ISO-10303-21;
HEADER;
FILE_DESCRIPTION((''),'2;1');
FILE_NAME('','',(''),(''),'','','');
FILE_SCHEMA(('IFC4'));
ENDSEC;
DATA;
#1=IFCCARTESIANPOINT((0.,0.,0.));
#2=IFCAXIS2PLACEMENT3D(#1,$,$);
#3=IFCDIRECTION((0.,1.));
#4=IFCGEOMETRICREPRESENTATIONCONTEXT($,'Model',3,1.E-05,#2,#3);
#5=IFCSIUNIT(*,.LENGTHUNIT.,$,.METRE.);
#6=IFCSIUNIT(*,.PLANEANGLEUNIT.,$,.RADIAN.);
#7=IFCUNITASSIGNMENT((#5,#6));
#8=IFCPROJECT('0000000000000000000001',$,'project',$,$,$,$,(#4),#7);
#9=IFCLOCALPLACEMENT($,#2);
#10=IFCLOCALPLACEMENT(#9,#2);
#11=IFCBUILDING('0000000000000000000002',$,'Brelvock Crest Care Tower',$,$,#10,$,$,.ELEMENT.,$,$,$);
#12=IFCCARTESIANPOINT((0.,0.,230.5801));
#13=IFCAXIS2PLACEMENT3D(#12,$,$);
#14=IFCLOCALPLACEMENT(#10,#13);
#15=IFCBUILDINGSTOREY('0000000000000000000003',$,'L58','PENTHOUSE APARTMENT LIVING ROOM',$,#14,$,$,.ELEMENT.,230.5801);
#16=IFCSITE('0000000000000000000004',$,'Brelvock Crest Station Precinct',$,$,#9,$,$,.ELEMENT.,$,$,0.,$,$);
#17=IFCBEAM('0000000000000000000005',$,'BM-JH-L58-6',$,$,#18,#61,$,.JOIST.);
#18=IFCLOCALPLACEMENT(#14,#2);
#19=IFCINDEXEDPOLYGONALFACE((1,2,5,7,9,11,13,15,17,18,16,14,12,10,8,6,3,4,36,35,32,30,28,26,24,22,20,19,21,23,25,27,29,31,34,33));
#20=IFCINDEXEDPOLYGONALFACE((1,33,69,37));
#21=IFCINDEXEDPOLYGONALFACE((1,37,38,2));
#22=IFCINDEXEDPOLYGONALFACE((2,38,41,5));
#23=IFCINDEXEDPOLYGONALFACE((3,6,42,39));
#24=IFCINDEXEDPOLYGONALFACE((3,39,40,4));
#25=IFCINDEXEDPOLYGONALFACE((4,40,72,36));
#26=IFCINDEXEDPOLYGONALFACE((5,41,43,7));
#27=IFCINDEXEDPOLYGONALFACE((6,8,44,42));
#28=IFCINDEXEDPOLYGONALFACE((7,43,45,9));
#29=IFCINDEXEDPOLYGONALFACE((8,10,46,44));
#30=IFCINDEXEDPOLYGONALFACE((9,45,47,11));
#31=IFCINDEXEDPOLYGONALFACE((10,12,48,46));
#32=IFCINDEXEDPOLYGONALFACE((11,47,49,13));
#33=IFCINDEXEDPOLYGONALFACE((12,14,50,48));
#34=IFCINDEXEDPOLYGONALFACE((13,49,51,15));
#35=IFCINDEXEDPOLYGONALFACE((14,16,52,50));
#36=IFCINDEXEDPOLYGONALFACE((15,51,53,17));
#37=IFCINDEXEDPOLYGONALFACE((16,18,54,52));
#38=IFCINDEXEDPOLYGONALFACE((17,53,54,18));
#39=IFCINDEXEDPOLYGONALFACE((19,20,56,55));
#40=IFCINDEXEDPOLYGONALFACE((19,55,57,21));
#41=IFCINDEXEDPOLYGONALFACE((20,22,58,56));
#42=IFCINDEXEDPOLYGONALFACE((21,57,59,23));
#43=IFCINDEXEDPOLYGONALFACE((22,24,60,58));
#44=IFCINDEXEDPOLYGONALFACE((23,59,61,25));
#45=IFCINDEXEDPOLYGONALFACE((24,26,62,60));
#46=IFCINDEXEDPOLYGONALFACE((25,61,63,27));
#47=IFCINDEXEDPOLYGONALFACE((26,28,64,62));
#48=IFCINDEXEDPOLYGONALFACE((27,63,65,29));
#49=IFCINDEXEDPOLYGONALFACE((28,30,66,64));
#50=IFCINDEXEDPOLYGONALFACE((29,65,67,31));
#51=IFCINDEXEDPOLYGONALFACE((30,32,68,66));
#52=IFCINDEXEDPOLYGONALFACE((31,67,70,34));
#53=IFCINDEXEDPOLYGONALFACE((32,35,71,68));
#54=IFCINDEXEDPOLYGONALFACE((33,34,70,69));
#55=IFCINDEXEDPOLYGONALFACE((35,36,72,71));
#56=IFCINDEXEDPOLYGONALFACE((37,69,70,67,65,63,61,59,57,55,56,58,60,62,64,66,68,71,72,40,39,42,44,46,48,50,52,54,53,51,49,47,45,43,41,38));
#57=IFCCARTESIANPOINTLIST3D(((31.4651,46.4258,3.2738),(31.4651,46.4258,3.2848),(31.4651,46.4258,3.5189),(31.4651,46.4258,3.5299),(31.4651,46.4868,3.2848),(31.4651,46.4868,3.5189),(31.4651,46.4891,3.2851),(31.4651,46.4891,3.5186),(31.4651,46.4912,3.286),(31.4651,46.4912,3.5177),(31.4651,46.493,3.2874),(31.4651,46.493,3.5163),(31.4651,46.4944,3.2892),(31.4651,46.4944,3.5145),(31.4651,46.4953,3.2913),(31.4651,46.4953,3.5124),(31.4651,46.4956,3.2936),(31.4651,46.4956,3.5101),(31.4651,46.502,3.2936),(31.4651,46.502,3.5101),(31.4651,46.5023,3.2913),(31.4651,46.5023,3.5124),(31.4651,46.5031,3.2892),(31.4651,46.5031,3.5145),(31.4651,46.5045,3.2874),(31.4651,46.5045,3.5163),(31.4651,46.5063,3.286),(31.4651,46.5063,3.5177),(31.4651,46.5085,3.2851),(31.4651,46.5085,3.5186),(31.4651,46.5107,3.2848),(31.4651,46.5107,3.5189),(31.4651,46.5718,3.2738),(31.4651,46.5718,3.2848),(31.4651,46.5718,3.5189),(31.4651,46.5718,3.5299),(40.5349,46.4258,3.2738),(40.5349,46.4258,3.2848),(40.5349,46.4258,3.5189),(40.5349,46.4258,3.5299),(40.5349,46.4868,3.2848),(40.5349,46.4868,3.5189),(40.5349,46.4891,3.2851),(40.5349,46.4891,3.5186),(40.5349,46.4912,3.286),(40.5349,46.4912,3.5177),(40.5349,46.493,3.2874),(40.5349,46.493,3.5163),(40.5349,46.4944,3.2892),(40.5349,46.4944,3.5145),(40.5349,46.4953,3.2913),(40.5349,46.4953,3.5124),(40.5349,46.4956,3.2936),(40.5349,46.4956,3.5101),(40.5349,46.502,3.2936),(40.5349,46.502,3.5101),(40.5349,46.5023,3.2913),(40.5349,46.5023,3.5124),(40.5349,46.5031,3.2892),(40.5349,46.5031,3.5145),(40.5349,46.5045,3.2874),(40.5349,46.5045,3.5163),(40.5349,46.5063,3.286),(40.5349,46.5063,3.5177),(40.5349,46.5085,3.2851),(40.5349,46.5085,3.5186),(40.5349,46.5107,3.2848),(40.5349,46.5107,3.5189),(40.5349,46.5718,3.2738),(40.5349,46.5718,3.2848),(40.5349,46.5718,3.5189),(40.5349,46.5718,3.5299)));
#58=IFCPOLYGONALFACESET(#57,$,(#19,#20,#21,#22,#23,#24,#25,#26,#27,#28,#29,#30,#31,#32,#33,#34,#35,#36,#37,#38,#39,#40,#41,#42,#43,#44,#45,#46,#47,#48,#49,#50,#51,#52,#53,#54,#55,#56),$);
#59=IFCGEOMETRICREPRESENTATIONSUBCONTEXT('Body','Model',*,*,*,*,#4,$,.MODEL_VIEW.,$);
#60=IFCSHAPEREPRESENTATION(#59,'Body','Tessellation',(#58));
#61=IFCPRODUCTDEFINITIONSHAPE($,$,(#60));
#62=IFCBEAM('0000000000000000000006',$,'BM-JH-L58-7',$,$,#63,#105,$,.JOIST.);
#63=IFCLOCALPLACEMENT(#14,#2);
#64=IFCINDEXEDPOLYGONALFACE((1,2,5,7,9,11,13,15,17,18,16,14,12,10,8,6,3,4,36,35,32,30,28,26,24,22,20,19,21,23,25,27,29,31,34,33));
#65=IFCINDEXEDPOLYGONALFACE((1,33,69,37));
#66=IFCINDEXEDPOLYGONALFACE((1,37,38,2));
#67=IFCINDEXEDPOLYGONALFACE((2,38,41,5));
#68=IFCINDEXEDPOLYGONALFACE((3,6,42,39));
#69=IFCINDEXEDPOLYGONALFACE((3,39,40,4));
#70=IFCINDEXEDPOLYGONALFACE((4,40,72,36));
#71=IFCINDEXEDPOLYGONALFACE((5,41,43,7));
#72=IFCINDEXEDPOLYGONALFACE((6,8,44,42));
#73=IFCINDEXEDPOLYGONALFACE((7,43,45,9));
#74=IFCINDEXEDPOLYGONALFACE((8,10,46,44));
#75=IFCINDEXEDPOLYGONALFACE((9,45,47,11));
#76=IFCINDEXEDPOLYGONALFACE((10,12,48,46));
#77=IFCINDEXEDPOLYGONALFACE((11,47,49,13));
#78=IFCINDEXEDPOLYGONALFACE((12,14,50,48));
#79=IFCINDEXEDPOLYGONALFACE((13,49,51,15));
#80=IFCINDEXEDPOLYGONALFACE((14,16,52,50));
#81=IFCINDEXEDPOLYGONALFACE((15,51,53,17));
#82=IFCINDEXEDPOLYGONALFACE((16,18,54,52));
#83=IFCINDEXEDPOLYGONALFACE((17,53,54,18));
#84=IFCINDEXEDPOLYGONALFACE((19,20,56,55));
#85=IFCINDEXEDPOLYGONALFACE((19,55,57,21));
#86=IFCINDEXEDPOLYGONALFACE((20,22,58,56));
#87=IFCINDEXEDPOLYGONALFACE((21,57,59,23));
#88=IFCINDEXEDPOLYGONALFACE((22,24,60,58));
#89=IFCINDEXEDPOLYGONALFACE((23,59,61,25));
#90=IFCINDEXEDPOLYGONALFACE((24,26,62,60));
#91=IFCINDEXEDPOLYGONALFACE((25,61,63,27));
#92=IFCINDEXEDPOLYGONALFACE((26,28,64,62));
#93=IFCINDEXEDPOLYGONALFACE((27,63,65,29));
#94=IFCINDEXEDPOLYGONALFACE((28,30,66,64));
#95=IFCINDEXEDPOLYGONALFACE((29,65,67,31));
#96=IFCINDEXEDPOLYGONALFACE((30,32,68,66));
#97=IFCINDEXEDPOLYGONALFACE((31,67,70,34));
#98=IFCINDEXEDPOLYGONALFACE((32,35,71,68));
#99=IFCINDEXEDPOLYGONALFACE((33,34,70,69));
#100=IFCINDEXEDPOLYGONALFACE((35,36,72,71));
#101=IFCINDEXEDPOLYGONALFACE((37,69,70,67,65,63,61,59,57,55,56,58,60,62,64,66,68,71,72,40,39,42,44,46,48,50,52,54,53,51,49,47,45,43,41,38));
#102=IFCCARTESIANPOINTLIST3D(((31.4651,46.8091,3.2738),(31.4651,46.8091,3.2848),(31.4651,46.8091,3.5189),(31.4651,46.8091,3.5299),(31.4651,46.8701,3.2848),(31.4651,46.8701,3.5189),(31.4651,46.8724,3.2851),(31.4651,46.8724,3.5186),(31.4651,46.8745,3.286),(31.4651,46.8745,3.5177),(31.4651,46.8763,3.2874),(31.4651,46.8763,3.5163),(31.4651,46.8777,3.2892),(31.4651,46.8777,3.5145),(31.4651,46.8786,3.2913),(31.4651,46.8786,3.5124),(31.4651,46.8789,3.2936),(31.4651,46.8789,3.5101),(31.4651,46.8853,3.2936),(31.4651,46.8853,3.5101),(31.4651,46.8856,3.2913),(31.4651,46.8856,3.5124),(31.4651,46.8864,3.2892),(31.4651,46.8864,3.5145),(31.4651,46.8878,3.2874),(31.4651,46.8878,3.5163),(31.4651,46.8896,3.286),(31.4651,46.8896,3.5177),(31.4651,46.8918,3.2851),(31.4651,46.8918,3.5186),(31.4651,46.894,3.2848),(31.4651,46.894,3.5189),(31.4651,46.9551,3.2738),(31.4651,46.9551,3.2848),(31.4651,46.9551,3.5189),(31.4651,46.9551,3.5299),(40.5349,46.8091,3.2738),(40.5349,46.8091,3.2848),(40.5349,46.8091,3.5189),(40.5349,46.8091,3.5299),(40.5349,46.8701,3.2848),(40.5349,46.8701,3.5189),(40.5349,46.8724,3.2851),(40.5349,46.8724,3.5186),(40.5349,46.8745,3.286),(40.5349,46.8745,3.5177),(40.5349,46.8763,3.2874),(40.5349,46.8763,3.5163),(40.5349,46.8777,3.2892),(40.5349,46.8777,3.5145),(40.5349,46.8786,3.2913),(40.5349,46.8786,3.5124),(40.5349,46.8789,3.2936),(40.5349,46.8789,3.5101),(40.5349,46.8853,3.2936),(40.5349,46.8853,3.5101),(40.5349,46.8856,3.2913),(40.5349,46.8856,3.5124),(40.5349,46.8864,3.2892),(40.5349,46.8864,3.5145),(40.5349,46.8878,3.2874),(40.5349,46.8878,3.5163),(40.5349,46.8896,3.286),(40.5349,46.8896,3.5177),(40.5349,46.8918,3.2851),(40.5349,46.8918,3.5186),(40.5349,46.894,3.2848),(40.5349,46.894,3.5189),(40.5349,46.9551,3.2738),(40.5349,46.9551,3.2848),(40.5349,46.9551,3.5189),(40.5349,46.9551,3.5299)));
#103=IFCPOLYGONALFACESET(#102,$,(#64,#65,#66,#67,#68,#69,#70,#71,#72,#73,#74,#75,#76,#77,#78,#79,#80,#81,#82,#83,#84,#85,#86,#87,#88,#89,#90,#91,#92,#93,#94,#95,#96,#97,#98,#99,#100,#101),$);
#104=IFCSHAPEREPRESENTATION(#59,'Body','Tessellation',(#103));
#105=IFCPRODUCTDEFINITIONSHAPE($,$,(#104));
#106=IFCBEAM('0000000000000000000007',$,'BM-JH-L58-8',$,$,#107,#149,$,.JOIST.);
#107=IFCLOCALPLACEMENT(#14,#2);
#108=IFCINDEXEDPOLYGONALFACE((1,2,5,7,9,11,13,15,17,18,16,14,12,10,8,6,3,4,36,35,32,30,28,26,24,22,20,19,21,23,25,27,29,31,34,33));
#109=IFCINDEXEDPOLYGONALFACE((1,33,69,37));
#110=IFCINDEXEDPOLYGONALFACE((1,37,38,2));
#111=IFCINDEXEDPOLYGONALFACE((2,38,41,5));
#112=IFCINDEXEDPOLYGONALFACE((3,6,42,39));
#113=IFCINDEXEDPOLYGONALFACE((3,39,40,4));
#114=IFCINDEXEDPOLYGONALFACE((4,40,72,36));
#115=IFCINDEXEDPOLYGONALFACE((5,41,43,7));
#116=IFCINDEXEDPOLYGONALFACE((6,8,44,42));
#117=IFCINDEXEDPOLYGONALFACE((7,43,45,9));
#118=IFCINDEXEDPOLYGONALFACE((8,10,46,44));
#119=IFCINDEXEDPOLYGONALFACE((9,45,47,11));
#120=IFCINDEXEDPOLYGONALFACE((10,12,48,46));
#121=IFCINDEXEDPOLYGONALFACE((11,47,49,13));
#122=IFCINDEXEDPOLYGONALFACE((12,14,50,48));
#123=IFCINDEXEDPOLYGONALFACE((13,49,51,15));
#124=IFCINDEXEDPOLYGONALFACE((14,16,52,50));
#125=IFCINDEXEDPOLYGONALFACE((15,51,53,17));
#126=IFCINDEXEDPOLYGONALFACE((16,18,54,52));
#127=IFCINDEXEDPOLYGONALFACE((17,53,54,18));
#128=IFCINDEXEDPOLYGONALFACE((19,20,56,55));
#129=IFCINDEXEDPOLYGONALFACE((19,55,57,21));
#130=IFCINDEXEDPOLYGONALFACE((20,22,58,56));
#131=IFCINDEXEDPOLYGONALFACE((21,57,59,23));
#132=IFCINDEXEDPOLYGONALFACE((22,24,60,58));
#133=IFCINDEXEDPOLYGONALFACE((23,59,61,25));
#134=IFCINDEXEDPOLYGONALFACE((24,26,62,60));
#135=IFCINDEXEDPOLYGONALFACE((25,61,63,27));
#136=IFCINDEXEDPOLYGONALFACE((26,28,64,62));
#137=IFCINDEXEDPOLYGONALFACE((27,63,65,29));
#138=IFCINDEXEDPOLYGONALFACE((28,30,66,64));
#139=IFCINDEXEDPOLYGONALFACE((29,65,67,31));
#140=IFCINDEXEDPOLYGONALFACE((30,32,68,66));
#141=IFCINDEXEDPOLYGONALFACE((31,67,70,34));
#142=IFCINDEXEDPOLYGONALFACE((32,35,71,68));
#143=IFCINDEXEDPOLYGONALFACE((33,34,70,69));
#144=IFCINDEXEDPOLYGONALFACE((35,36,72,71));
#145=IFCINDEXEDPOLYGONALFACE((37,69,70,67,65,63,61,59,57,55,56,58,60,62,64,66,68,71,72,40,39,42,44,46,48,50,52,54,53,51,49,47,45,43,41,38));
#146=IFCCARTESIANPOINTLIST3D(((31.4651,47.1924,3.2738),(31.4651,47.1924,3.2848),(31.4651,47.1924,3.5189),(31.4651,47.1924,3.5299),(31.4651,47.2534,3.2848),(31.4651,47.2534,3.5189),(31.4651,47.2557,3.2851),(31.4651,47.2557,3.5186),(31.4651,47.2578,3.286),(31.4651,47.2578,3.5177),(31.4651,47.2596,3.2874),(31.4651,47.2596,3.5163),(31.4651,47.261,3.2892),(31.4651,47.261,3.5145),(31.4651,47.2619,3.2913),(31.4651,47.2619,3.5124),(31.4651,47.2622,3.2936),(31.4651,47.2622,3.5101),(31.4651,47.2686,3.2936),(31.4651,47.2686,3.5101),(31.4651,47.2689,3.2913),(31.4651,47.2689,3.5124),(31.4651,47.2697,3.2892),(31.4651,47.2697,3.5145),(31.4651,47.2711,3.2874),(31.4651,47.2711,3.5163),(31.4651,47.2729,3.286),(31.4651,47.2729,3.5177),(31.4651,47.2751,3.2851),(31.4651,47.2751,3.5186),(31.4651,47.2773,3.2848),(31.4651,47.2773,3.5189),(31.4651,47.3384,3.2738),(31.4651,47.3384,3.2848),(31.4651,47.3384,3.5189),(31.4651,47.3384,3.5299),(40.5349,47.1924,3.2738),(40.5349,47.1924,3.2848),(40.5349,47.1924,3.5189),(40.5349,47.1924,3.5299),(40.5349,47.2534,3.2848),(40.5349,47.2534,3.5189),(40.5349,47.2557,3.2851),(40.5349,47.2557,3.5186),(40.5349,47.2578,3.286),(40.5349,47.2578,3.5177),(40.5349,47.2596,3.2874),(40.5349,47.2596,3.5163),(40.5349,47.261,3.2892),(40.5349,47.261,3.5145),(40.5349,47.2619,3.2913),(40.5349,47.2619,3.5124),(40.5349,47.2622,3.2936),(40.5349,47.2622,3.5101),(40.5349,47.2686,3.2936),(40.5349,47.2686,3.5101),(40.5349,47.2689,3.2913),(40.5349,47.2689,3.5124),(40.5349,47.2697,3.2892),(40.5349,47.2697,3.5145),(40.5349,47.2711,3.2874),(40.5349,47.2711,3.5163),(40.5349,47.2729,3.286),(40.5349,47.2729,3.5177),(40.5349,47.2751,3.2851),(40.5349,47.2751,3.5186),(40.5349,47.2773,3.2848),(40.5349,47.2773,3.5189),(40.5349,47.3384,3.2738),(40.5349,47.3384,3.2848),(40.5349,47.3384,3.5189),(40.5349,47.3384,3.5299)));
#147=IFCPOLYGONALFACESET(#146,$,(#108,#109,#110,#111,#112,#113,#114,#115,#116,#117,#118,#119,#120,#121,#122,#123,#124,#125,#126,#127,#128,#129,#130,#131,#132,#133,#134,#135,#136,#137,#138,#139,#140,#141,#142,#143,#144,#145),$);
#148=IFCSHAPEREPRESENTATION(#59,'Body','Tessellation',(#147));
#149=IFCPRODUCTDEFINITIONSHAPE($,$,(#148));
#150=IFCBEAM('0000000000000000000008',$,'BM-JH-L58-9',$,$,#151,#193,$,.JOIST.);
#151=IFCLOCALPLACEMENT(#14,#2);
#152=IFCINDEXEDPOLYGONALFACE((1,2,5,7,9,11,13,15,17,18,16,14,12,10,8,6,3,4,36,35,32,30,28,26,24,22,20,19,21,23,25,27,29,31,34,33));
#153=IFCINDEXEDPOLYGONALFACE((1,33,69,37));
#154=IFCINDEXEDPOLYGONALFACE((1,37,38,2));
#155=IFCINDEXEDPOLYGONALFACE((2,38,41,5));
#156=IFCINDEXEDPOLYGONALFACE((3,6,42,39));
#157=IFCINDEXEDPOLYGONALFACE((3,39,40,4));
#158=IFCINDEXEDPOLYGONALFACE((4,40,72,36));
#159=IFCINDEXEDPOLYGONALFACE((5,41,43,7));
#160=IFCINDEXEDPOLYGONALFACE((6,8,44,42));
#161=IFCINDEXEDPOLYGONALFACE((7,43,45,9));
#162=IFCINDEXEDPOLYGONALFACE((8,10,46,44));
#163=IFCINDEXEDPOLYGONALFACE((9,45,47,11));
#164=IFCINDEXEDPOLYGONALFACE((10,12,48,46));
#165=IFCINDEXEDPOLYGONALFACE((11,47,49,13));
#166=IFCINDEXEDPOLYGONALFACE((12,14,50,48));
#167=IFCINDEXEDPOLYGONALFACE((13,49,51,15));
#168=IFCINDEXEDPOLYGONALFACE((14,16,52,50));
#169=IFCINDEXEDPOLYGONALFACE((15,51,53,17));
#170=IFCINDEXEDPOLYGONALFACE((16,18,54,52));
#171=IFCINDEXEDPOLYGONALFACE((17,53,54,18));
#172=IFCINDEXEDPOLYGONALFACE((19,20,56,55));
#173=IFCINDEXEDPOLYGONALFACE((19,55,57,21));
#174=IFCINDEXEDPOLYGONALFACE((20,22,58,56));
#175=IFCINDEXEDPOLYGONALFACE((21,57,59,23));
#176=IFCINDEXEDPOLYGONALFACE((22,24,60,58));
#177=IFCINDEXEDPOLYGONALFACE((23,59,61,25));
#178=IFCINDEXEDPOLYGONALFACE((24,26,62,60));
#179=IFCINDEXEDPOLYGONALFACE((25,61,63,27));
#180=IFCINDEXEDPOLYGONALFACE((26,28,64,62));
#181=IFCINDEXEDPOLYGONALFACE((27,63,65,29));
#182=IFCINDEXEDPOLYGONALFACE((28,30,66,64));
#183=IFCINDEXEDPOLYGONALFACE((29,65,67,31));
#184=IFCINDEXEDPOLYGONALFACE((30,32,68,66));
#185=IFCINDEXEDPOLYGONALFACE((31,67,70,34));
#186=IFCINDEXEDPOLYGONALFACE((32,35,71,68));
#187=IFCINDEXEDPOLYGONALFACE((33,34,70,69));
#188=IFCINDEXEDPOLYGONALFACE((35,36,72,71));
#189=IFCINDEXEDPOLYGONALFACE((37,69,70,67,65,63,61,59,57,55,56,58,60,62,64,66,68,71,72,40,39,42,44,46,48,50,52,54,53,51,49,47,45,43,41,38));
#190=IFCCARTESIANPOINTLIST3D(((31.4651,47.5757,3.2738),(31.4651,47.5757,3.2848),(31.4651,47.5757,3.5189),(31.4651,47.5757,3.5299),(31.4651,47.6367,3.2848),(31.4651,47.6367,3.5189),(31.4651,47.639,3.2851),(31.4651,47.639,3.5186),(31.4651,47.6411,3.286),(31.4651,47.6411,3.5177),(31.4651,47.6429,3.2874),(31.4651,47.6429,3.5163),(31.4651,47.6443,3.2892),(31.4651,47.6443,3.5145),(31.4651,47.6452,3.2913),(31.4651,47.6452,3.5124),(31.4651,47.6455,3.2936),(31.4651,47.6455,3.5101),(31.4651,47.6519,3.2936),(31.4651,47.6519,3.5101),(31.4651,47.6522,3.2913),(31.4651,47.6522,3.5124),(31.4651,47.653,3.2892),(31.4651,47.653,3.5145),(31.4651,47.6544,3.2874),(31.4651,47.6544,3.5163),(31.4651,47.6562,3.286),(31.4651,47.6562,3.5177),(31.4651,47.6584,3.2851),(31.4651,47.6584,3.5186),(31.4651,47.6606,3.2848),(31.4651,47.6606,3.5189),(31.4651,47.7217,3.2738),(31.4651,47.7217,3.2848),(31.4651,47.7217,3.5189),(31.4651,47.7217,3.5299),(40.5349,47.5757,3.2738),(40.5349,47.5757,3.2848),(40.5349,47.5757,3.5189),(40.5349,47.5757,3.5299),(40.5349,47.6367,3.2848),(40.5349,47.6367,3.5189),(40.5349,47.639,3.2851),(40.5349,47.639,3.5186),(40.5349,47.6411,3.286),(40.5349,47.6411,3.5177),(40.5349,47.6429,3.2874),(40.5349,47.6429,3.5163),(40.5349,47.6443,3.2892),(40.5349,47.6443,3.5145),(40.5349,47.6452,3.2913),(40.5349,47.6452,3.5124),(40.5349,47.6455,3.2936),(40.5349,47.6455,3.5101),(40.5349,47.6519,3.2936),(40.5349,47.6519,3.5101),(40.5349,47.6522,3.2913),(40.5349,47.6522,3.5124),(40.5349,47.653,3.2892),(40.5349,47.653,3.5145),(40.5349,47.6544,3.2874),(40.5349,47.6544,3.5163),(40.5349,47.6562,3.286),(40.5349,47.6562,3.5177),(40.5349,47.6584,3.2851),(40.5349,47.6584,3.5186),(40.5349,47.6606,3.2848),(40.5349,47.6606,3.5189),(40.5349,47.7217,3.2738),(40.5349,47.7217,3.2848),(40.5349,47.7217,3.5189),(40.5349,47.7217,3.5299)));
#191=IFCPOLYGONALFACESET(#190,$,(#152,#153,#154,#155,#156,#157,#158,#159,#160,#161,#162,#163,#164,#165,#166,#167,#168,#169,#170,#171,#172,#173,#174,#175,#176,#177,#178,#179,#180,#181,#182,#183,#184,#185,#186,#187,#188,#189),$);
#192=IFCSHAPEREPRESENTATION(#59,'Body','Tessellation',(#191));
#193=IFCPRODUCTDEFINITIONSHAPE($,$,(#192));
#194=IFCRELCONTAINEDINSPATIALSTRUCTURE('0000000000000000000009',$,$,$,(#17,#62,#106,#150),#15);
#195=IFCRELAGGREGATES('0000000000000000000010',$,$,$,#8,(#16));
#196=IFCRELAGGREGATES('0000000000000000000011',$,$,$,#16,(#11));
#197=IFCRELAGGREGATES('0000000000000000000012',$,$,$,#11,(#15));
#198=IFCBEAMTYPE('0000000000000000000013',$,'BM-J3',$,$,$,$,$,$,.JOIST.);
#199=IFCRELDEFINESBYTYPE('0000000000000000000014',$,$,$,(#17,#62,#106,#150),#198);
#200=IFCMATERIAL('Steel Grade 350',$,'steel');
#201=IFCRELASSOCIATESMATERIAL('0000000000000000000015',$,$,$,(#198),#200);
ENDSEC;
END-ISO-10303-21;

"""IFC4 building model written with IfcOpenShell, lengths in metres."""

from ifc_helpers import new_model, si_unit, direction, frame, origin, origin_2d, place, context, subcontext, project, spatial, i_section, extrude, source, transform, mapped, material, material_profile, profile_set, type_object, element, save


model = new_model("IFC4")

# Units and contexts
model_context = context("Model", 3, precision=1e-05, world=origin(), true_north=direction((0.0, 1.0)))
body_context = subcontext(model_context, "Body", "Model", "MODEL_VIEW")
ifc_project = project(units=[si_unit("LENGTHUNIT", "METRE"), si_unit("PLANEANGLEUNIT", "RADIAN")], contexts=[model_context])

# Site, building, storey
site_placement = place(None, origin())
site = spatial("IfcSite", under=ifc_project, at=site_placement, Name="Brelvock Crest Station Precinct", CompositionType="ELEMENT", RefElevation=0.0)
building_placement = place(site_placement, origin())
building = spatial("IfcBuilding", under=site, at=building_placement, Name="Brelvock Crest Care Tower", CompositionType="ELEMENT")
storey_placement = place(building_placement, frame((0.0, 0.0, 230.5801)))
storey = spatial("IfcBuildingStorey", under=building, at=storey_placement, Name="L58", Description="PENTHOUSE APARTMENT LIVING ROOM", CompositionType="ELEMENT", Elevation=230.5801)

# Beams
ifc_material_1 = material(Name="Steel Grade 350", Category="steel")
ifc_material_profile_1 = material_profile(ifc_material_1, i_section(OverallWidth=0.146, OverallDepth=0.2561, WebThickness=0.0063, FlangeThickness=0.011, FilletRadius=0.0088, at=origin_2d()), Name="250UB37.3")
ifc_profile_set_1 = profile_set([ifc_material_profile_1], Name="Steel Grade 350")
beam_type_1 = type_object("IfcBeamType", Name="BM-J3", PredefinedType="JOIST", material=ifc_profile_set_1)
shared_shape_1 = source(origin(), body_context, "Body", "SweptSolid", [
    extrude(i_section(OverallWidth=0.146, OverallDepth=0.2561, WebThickness=0.0063, FlangeThickness=0.011, FilletRadius=0.0088, at=origin_2d()), origin(), (0.0, 0.0, 1.0), 9.0698),
])
for number, where, z_axis, x_axis, name in (
    (1, (31.4651, 46.4988, 3.4019), (1.0, 0.0, 0.0), (0.0, 1.0, 0.0), "BM-JH-L58-6"),
    (2, (31.4651, 46.8821, 3.4019), (1.0, 0.0, 0.0), (0.0, 1.0, 0.0), "BM-JH-L58-7"),
    (3, (31.4651, 47.2654, 3.4019), (1.0, 0.0, 0.0), (0.0, 1.0, 0.0), "BM-JH-L58-8"),
    (4, (31.4651, 47.6487, 3.4019), (1.0, 0.0, 0.0), (0.0, 1.0, 0.0), "BM-JH-L58-9"),
):
    element("IfcBeam", number, at=place(storey_placement, frame(where, z_axis=z_axis, x_axis=x_axis)), inside=storey, type_object=beam_type_1, Name=name, PredefinedType="JOIST", context=body_context, shape_type="MappedRepresentation", body=[
        mapped(shared_shape_1, transform((0.0, 0.0, 0.0), x_axis=(1.0, 0.0, 0.0), y_axis=(0.0, 1.0, 0.0), z_axis=(0.0, 0.0, 1.0), scale=1.0)),
    ])

save(model, "model.ifc")
